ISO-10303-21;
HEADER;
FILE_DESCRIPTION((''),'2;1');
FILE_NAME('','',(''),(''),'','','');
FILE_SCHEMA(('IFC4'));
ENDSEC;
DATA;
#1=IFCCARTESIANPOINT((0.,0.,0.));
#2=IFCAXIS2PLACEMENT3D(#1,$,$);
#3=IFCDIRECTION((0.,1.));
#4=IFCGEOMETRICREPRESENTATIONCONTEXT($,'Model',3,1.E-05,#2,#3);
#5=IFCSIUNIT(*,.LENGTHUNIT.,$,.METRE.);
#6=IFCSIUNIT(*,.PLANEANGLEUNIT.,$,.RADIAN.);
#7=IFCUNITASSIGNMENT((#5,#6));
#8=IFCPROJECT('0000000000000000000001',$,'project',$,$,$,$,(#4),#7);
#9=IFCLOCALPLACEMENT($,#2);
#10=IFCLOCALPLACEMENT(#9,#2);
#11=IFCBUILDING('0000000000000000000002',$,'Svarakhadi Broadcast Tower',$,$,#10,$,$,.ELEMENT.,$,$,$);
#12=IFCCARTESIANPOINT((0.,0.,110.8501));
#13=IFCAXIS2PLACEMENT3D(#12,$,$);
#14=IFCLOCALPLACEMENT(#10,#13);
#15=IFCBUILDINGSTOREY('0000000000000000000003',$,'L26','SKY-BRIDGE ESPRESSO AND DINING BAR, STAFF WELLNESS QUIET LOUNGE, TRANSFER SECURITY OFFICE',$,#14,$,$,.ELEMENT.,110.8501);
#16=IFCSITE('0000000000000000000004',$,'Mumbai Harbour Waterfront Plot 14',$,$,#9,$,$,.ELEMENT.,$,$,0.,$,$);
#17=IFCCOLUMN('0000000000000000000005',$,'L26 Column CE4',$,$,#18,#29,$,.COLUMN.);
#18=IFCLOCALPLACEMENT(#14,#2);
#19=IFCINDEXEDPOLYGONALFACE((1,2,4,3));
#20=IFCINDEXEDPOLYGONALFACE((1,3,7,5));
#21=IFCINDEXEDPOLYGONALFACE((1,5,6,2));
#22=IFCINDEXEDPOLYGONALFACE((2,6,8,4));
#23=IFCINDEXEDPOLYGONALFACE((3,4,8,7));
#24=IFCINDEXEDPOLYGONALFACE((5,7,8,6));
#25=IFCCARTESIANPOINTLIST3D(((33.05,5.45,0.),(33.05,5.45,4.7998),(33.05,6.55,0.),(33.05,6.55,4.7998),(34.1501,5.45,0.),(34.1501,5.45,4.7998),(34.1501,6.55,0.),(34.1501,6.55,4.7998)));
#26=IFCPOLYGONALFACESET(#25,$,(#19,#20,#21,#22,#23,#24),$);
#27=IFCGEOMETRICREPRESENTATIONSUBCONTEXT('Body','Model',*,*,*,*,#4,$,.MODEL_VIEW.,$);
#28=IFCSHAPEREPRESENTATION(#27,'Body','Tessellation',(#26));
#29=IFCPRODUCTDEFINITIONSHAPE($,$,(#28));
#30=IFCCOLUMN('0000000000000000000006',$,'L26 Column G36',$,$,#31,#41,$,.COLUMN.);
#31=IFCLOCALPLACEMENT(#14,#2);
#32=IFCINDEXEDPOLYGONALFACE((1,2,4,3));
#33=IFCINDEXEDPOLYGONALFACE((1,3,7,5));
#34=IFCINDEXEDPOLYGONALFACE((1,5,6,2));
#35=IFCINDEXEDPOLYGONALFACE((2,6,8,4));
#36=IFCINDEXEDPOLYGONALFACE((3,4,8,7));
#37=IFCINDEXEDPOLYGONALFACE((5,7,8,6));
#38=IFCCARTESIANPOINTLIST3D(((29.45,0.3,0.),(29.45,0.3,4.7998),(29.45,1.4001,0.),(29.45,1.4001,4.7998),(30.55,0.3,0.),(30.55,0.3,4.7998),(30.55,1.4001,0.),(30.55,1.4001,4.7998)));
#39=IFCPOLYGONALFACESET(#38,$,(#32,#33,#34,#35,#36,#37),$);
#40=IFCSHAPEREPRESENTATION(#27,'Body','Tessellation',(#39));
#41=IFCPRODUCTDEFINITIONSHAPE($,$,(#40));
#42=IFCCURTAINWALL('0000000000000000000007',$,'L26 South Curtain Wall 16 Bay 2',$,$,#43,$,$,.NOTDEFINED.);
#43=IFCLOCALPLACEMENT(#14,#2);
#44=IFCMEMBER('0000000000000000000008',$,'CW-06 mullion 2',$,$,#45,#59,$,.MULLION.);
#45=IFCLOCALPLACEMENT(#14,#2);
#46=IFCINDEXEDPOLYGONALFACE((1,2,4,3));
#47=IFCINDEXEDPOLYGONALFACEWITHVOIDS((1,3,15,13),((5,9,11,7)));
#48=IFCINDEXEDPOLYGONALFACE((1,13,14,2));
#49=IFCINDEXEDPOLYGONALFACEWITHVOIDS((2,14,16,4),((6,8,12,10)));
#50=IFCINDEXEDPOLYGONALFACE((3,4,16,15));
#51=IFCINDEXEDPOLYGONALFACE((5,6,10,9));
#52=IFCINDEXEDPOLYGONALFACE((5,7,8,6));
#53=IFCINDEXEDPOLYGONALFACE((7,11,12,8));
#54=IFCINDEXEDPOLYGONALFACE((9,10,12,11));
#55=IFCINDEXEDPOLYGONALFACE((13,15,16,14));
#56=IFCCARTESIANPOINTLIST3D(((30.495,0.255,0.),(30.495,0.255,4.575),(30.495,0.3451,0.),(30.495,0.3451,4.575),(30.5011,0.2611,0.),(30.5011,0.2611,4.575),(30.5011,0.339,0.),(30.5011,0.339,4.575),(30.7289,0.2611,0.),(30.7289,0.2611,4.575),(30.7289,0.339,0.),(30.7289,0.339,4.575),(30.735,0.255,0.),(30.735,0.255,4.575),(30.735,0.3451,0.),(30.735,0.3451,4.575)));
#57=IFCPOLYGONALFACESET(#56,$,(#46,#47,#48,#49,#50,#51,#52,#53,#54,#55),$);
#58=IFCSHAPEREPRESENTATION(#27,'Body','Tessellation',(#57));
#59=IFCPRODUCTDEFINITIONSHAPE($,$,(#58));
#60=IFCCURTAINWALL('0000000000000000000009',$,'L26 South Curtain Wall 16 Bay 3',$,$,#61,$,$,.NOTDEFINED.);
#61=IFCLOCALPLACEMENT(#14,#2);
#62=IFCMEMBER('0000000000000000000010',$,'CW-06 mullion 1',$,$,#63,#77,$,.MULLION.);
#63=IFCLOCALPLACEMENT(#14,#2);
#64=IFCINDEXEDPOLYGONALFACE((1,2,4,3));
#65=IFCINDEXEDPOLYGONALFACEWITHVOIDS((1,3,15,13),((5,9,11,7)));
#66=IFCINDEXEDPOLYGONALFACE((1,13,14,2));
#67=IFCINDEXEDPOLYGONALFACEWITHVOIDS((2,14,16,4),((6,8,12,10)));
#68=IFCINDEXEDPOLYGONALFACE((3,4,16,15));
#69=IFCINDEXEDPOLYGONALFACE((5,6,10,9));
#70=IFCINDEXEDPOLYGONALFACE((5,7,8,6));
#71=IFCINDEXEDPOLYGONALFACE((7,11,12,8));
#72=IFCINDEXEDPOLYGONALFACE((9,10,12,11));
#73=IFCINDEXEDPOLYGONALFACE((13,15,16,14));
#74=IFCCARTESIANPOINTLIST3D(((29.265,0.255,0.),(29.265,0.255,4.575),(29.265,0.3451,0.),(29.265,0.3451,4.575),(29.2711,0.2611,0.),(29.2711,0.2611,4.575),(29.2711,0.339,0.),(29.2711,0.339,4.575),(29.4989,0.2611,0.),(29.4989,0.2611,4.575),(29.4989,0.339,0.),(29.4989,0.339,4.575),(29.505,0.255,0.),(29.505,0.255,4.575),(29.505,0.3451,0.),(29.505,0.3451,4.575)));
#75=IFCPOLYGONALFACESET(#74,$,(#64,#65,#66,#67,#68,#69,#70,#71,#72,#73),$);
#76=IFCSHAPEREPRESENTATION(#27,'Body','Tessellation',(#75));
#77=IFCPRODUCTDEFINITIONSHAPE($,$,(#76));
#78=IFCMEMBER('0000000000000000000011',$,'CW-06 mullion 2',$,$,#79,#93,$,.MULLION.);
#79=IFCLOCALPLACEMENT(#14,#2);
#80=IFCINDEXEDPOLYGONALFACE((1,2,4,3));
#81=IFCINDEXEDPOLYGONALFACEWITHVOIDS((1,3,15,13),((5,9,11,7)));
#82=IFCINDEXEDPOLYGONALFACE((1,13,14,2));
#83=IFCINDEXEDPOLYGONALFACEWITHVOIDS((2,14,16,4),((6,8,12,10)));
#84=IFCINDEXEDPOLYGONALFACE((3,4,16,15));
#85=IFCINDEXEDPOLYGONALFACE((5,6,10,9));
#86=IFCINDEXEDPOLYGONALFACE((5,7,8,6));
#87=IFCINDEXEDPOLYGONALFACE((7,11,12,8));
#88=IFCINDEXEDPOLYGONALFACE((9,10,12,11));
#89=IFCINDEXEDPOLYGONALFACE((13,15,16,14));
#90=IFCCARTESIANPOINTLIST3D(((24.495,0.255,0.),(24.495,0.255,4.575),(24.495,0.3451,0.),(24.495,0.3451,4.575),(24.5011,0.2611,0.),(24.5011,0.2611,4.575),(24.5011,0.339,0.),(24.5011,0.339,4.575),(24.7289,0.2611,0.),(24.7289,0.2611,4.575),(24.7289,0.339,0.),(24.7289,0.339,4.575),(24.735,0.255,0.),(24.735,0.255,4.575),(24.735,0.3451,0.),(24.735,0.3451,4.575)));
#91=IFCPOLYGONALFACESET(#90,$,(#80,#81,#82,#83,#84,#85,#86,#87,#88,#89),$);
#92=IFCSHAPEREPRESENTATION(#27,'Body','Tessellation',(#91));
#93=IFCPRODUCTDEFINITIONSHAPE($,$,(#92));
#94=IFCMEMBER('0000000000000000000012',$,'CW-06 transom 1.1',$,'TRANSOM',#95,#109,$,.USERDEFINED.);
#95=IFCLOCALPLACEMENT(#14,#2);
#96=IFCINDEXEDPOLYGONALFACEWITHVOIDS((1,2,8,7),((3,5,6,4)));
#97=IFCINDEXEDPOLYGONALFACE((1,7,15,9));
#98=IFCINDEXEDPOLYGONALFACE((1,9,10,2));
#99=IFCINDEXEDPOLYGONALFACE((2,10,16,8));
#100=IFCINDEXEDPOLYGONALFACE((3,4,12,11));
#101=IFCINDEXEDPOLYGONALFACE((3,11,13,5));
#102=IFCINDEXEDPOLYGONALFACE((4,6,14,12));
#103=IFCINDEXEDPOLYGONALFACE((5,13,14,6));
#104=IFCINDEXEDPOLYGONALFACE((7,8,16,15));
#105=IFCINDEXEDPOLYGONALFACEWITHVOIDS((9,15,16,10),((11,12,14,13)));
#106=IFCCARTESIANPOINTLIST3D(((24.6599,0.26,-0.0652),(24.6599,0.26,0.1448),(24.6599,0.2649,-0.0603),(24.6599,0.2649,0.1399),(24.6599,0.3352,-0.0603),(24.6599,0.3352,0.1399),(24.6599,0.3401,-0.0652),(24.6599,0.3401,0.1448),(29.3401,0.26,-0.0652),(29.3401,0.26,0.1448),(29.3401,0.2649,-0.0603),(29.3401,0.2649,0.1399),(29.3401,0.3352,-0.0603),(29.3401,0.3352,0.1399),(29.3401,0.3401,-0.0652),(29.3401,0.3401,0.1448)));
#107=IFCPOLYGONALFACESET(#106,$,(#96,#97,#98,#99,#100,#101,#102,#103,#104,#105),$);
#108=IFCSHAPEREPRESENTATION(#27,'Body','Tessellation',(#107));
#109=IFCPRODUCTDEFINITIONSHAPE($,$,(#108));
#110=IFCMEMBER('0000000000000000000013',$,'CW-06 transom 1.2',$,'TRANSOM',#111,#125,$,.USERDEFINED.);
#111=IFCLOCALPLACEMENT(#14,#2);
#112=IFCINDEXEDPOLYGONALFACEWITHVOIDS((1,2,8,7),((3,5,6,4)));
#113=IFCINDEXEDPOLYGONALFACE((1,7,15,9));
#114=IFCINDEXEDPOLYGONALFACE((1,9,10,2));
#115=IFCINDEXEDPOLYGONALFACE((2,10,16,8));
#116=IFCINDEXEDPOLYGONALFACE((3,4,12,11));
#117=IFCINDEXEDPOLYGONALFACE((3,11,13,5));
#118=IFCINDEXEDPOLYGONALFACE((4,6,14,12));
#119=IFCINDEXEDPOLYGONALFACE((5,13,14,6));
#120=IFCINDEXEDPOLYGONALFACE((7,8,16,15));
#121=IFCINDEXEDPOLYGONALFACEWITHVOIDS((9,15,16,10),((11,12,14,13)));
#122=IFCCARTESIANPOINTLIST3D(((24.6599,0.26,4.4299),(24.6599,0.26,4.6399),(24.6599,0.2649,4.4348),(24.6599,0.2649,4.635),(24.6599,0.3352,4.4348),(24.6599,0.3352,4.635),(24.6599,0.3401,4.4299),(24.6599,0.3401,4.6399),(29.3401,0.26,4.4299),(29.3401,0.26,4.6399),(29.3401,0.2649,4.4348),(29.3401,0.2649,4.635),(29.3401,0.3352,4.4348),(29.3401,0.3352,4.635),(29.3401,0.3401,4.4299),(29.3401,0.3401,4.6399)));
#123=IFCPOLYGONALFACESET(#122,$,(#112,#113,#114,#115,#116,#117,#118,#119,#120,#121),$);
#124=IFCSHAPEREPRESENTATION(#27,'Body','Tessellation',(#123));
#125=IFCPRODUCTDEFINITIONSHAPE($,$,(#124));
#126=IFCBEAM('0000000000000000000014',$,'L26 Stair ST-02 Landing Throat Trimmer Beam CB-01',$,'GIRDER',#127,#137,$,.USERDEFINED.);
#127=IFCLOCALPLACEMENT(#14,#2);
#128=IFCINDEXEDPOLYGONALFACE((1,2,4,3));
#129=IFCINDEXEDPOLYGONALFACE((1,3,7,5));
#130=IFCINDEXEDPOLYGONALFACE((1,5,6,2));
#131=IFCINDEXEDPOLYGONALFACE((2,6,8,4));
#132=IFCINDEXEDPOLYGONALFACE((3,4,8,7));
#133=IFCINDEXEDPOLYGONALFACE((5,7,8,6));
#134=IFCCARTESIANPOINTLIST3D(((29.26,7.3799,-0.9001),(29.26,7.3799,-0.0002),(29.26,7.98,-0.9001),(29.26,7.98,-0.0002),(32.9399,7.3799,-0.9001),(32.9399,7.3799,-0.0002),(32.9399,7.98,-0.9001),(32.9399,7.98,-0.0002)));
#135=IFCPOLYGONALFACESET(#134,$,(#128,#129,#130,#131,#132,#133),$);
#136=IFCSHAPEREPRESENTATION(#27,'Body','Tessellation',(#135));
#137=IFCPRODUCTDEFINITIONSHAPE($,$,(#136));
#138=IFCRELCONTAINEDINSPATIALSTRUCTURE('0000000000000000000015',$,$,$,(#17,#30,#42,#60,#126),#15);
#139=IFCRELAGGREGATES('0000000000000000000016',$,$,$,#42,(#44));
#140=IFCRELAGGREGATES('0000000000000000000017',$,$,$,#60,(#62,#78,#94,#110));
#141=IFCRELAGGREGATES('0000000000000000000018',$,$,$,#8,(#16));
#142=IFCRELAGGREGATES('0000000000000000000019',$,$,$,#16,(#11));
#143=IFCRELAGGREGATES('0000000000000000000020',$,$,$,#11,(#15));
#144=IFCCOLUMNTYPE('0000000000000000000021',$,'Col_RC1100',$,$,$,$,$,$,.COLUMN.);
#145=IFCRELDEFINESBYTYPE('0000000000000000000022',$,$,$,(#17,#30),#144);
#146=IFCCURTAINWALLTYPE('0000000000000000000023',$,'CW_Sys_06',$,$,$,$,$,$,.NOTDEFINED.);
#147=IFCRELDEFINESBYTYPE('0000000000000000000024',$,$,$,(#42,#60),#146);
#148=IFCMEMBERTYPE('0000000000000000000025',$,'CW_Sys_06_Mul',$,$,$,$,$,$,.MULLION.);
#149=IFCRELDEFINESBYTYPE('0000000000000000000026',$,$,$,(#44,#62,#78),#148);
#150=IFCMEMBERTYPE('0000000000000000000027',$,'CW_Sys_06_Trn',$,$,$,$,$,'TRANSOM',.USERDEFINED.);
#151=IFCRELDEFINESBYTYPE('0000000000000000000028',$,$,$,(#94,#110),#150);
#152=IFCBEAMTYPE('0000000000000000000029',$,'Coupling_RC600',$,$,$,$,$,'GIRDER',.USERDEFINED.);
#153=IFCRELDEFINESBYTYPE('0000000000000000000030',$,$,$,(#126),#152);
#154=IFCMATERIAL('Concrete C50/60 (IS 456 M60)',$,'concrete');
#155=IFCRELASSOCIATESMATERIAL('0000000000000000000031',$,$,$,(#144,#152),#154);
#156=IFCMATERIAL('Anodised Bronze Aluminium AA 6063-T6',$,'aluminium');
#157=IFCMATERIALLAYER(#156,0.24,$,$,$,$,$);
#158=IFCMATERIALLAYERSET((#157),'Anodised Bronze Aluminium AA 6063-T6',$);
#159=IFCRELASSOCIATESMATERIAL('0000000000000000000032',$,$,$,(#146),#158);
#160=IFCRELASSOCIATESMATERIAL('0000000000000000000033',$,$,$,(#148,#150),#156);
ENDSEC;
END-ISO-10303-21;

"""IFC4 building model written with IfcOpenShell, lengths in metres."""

from ifc_helpers import new_model, si_unit, direction, frame, origin, origin_2d, place, context, subcontext, project, spatial, rectangle, hollow_rectangle, extrude, material, layer, layer_set, material_profile, profile_set, type_object, element, aggregate, save


model = new_model("IFC4")

# Units and contexts
model_context = context("Model", 3, precision=1e-05, world=origin(), true_north=direction((0.0, 1.0)))
body_context = subcontext(model_context, "Body", "Model", "MODEL_VIEW")
ifc_project = project(units=[si_unit("LENGTHUNIT", "METRE"), si_unit("PLANEANGLEUNIT", "RADIAN")], contexts=[model_context])

# Site, building, storey
site_placement = place(None, origin())
site = spatial("IfcSite", under=ifc_project, at=site_placement, Name="Mumbai Harbour Waterfront Plot 14", CompositionType="ELEMENT", RefElevation=0.0)
building_placement = place(site_placement, origin())
building = spatial("IfcBuilding", under=site, at=building_placement, Name="Svarakhadi Broadcast Tower", CompositionType="ELEMENT")
storey_placement = place(building_placement, frame((0.0, 0.0, 110.8501)))
storey = spatial("IfcBuildingStorey", under=building, at=storey_placement, Name="L26", Description="SKY-BRIDGE ESPRESSO AND DINING BAR, STAFF WELLNESS QUIET LOUNGE, TRANSFER SECURITY OFFICE", CompositionType="ELEMENT", Elevation=110.8501)

# Columns
ifc_material_1 = material(Name="Concrete C50/60 (IS 456 M60)", Category="concrete")
ifc_material_profile_1 = material_profile(ifc_material_1, rectangle(XDim=1.1001, YDim=1.1001, at=origin_2d()), Name="RC 1100x1100")
ifc_profile_set_1 = profile_set([ifc_material_profile_1], Name="Concrete C50/60 (IS 456 M60)")
column_type = type_object("IfcColumnType", Name="Col_RC1100", PredefinedType="COLUMN", material=ifc_profile_set_1)
for number, where, z_axis, x_axis, name in (
    (1, (33.6001, 6.0, 0.0), (0.0, 0.0, 1.0), (1.0, 0.0, 0.0), "L26 Column CE4"),
    (2, (30.0, 0.8501, 0.0), (0.0, 0.0, 1.0), (1.0, 0.0, 0.0), "L26 Column G36"),
):
    element("IfcColumn", number, at=place(storey_placement, frame(where, z_axis=z_axis, x_axis=x_axis)), inside=storey, type_object=column_type, Name=name, PredefinedType="COLUMN", context=body_context, shape_type="SweptSolid", body=[
        extrude(rectangle(XDim=1.1001, YDim=1.1001, at=origin_2d()), origin(), (0.0, 0.0, 1.0), 4.7998),
    ])

# Curtain wall, member
ifc_material_2 = material(Name="Anodised Bronze Aluminium AA 6063-T6", Category="aluminium")
ifc_layer_1 = layer(ifc_material_2, 0.24)
ifc_layer_set_1 = layer_set([ifc_layer_1], Name="Anodised Bronze Aluminium AA 6063-T6")
curtain_wall_type = type_object("IfcCurtainWallType", Name="CW_Sys_06", PredefinedType="NOTDEFINED", material=ifc_layer_set_1)
curtain_wall_1_placement = place(storey_placement, origin())
curtain_wall_1 = element("IfcCurtainWall", 3, at=curtain_wall_1_placement, inside=storey, type_object=curtain_wall_type, Name="L26 South Curtain Wall 16 Bay 2", PredefinedType="NOTDEFINED")
ifc_material_profile_2 = material_profile(ifc_material_2, hollow_rectangle(XDim=0.0901, YDim=0.24, WallThickness=0.0061, at=origin_2d()), Name="ALU MULLION 240x90x6")
ifc_profile_set_2 = profile_set([ifc_material_profile_2], Name="Anodised Bronze Aluminium AA 6063-T6")
member_type_1 = type_object("IfcMemberType", Name="CW_Sys_06_Mul", PredefinedType="MULLION", material=ifc_profile_set_2)
member_1_placement = place(storey_placement, frame((30.615, 0.3, 0.0), z_axis=(0.0, 0.0, 1.0), x_axis=(0.0, -1.0, 0.0)))
member_1 = element("IfcMember", 4, at=member_1_placement, type_object=member_type_1, Name="CW-06 mullion 2", PredefinedType="MULLION", context=body_context, shape_type="SweptSolid", body=[
    extrude(hollow_rectangle(XDim=0.0901, YDim=0.24, WallThickness=0.0061, at=origin_2d()), origin(), (0.0, 0.0, 1.0), 4.575),
])

# Curtain wall, members
curtain_wall_2_placement = place(storey_placement, origin())
curtain_wall_2 = element("IfcCurtainWall", 5, at=curtain_wall_2_placement, inside=storey, type_object=curtain_wall_type, Name="L26 South Curtain Wall 16 Bay 3", PredefinedType="NOTDEFINED")
member_2_placement = place(storey_placement, frame((29.385, 0.3, 0.0), z_axis=(0.0, 0.0, 1.0), x_axis=(0.0, -1.0, 0.0)))
member_2 = element("IfcMember", 6, at=member_2_placement, type_object=member_type_1, Name="CW-06 mullion 1", PredefinedType="MULLION", context=body_context, shape_type="SweptSolid", body=[
    extrude(hollow_rectangle(XDim=0.0901, YDim=0.24, WallThickness=0.0061, at=origin_2d()), origin(), (0.0, 0.0, 1.0), 4.575),
])
member_3_placement = place(storey_placement, frame((24.615, 0.3, 0.0), z_axis=(0.0, 0.0, 1.0), x_axis=(0.0, -1.0, 0.0)))
member_3 = element("IfcMember", 7, at=member_3_placement, type_object=member_type_1, Name="CW-06 mullion 2", PredefinedType="MULLION", context=body_context, shape_type="SweptSolid", body=[
    extrude(hollow_rectangle(XDim=0.0901, YDim=0.24, WallThickness=0.0061, at=origin_2d()), origin(), (0.0, 0.0, 1.0), 4.575),
])
ifc_material_profile_3 = material_profile(ifc_material_2, hollow_rectangle(XDim=0.0801, YDim=0.21, WallThickness=0.0049, at=origin_2d()), Name="ALU TRANSOM 210x80x5")
ifc_profile_set_3 = profile_set([ifc_material_profile_3], Name="Anodised Bronze Aluminium AA 6063-T6")
member_type_2 = type_object("IfcMemberType", Name="CW_Sys_06_Trn", ElementType="TRANSOM", PredefinedType="USERDEFINED", material=ifc_profile_set_3)
member_4_placement = place(storey_placement, frame((29.3401, 0.3, 0.0398), z_axis=(-1.0, 0.0, 0.0), x_axis=(0.0, -1.0, 0.0)))
member_4 = element("IfcMember", 8, at=member_4_placement, type_object=member_type_2, Name="CW-06 transom 1.1", ObjectType="TRANSOM", PredefinedType="USERDEFINED", context=body_context, shape_type="SweptSolid", body=[
    extrude(hollow_rectangle(XDim=0.0801, YDim=0.21, WallThickness=0.0049, at=origin_2d()), origin(), (0.0, 0.0, 1.0), 4.6802),
])
member_5_placement = place(storey_placement, frame((29.3401, 0.3, 4.5349), z_axis=(-1.0, 0.0, 0.0), x_axis=(0.0, -1.0, 0.0)))
member_5 = element("IfcMember", 9, at=member_5_placement, type_object=member_type_2, Name="CW-06 transom 1.2", ObjectType="TRANSOM", PredefinedType="USERDEFINED", context=body_context, shape_type="SweptSolid", body=[
    extrude(hollow_rectangle(XDim=0.0801, YDim=0.21, WallThickness=0.0049, at=origin_2d()), origin(), (0.0, 0.0, 1.0), 4.6802),
])

# Beam
ifc_material_profile_4 = material_profile(ifc_material_1, rectangle(XDim=0.6001, YDim=0.8999, at=origin_2d()), Name="RC 600x900")
ifc_profile_set_4 = profile_set([ifc_material_profile_4], Name="Concrete C50/60 (IS 456 M60)")
beam_type_1 = type_object("IfcBeamType", Name="Coupling_RC600", ElementType="GIRDER", PredefinedType="USERDEFINED", material=ifc_profile_set_4)
beam_1_placement = place(storey_placement, frame((29.26, 7.6799, -0.4502), z_axis=(1.0, 0.0, 0.0), x_axis=(0.0, 1.0, 0.0)))
element("IfcBeam", 10, at=beam_1_placement, inside=storey, type_object=beam_type_1, Name="L26 Stair ST-02 Landing Throat Trimmer Beam CB-01", ObjectType="GIRDER", PredefinedType="USERDEFINED", context=body_context, shape_type="SweptSolid", body=[
    extrude(rectangle(XDim=0.6001, YDim=0.8999, at=origin_2d()), origin(), (0.0, 0.0, 1.0), 3.6799),
])

aggregate(curtain_wall_1, [member_1])
aggregate(curtain_wall_2, [member_2, member_3, member_4, member_5])

save(model, "model.ifc")
